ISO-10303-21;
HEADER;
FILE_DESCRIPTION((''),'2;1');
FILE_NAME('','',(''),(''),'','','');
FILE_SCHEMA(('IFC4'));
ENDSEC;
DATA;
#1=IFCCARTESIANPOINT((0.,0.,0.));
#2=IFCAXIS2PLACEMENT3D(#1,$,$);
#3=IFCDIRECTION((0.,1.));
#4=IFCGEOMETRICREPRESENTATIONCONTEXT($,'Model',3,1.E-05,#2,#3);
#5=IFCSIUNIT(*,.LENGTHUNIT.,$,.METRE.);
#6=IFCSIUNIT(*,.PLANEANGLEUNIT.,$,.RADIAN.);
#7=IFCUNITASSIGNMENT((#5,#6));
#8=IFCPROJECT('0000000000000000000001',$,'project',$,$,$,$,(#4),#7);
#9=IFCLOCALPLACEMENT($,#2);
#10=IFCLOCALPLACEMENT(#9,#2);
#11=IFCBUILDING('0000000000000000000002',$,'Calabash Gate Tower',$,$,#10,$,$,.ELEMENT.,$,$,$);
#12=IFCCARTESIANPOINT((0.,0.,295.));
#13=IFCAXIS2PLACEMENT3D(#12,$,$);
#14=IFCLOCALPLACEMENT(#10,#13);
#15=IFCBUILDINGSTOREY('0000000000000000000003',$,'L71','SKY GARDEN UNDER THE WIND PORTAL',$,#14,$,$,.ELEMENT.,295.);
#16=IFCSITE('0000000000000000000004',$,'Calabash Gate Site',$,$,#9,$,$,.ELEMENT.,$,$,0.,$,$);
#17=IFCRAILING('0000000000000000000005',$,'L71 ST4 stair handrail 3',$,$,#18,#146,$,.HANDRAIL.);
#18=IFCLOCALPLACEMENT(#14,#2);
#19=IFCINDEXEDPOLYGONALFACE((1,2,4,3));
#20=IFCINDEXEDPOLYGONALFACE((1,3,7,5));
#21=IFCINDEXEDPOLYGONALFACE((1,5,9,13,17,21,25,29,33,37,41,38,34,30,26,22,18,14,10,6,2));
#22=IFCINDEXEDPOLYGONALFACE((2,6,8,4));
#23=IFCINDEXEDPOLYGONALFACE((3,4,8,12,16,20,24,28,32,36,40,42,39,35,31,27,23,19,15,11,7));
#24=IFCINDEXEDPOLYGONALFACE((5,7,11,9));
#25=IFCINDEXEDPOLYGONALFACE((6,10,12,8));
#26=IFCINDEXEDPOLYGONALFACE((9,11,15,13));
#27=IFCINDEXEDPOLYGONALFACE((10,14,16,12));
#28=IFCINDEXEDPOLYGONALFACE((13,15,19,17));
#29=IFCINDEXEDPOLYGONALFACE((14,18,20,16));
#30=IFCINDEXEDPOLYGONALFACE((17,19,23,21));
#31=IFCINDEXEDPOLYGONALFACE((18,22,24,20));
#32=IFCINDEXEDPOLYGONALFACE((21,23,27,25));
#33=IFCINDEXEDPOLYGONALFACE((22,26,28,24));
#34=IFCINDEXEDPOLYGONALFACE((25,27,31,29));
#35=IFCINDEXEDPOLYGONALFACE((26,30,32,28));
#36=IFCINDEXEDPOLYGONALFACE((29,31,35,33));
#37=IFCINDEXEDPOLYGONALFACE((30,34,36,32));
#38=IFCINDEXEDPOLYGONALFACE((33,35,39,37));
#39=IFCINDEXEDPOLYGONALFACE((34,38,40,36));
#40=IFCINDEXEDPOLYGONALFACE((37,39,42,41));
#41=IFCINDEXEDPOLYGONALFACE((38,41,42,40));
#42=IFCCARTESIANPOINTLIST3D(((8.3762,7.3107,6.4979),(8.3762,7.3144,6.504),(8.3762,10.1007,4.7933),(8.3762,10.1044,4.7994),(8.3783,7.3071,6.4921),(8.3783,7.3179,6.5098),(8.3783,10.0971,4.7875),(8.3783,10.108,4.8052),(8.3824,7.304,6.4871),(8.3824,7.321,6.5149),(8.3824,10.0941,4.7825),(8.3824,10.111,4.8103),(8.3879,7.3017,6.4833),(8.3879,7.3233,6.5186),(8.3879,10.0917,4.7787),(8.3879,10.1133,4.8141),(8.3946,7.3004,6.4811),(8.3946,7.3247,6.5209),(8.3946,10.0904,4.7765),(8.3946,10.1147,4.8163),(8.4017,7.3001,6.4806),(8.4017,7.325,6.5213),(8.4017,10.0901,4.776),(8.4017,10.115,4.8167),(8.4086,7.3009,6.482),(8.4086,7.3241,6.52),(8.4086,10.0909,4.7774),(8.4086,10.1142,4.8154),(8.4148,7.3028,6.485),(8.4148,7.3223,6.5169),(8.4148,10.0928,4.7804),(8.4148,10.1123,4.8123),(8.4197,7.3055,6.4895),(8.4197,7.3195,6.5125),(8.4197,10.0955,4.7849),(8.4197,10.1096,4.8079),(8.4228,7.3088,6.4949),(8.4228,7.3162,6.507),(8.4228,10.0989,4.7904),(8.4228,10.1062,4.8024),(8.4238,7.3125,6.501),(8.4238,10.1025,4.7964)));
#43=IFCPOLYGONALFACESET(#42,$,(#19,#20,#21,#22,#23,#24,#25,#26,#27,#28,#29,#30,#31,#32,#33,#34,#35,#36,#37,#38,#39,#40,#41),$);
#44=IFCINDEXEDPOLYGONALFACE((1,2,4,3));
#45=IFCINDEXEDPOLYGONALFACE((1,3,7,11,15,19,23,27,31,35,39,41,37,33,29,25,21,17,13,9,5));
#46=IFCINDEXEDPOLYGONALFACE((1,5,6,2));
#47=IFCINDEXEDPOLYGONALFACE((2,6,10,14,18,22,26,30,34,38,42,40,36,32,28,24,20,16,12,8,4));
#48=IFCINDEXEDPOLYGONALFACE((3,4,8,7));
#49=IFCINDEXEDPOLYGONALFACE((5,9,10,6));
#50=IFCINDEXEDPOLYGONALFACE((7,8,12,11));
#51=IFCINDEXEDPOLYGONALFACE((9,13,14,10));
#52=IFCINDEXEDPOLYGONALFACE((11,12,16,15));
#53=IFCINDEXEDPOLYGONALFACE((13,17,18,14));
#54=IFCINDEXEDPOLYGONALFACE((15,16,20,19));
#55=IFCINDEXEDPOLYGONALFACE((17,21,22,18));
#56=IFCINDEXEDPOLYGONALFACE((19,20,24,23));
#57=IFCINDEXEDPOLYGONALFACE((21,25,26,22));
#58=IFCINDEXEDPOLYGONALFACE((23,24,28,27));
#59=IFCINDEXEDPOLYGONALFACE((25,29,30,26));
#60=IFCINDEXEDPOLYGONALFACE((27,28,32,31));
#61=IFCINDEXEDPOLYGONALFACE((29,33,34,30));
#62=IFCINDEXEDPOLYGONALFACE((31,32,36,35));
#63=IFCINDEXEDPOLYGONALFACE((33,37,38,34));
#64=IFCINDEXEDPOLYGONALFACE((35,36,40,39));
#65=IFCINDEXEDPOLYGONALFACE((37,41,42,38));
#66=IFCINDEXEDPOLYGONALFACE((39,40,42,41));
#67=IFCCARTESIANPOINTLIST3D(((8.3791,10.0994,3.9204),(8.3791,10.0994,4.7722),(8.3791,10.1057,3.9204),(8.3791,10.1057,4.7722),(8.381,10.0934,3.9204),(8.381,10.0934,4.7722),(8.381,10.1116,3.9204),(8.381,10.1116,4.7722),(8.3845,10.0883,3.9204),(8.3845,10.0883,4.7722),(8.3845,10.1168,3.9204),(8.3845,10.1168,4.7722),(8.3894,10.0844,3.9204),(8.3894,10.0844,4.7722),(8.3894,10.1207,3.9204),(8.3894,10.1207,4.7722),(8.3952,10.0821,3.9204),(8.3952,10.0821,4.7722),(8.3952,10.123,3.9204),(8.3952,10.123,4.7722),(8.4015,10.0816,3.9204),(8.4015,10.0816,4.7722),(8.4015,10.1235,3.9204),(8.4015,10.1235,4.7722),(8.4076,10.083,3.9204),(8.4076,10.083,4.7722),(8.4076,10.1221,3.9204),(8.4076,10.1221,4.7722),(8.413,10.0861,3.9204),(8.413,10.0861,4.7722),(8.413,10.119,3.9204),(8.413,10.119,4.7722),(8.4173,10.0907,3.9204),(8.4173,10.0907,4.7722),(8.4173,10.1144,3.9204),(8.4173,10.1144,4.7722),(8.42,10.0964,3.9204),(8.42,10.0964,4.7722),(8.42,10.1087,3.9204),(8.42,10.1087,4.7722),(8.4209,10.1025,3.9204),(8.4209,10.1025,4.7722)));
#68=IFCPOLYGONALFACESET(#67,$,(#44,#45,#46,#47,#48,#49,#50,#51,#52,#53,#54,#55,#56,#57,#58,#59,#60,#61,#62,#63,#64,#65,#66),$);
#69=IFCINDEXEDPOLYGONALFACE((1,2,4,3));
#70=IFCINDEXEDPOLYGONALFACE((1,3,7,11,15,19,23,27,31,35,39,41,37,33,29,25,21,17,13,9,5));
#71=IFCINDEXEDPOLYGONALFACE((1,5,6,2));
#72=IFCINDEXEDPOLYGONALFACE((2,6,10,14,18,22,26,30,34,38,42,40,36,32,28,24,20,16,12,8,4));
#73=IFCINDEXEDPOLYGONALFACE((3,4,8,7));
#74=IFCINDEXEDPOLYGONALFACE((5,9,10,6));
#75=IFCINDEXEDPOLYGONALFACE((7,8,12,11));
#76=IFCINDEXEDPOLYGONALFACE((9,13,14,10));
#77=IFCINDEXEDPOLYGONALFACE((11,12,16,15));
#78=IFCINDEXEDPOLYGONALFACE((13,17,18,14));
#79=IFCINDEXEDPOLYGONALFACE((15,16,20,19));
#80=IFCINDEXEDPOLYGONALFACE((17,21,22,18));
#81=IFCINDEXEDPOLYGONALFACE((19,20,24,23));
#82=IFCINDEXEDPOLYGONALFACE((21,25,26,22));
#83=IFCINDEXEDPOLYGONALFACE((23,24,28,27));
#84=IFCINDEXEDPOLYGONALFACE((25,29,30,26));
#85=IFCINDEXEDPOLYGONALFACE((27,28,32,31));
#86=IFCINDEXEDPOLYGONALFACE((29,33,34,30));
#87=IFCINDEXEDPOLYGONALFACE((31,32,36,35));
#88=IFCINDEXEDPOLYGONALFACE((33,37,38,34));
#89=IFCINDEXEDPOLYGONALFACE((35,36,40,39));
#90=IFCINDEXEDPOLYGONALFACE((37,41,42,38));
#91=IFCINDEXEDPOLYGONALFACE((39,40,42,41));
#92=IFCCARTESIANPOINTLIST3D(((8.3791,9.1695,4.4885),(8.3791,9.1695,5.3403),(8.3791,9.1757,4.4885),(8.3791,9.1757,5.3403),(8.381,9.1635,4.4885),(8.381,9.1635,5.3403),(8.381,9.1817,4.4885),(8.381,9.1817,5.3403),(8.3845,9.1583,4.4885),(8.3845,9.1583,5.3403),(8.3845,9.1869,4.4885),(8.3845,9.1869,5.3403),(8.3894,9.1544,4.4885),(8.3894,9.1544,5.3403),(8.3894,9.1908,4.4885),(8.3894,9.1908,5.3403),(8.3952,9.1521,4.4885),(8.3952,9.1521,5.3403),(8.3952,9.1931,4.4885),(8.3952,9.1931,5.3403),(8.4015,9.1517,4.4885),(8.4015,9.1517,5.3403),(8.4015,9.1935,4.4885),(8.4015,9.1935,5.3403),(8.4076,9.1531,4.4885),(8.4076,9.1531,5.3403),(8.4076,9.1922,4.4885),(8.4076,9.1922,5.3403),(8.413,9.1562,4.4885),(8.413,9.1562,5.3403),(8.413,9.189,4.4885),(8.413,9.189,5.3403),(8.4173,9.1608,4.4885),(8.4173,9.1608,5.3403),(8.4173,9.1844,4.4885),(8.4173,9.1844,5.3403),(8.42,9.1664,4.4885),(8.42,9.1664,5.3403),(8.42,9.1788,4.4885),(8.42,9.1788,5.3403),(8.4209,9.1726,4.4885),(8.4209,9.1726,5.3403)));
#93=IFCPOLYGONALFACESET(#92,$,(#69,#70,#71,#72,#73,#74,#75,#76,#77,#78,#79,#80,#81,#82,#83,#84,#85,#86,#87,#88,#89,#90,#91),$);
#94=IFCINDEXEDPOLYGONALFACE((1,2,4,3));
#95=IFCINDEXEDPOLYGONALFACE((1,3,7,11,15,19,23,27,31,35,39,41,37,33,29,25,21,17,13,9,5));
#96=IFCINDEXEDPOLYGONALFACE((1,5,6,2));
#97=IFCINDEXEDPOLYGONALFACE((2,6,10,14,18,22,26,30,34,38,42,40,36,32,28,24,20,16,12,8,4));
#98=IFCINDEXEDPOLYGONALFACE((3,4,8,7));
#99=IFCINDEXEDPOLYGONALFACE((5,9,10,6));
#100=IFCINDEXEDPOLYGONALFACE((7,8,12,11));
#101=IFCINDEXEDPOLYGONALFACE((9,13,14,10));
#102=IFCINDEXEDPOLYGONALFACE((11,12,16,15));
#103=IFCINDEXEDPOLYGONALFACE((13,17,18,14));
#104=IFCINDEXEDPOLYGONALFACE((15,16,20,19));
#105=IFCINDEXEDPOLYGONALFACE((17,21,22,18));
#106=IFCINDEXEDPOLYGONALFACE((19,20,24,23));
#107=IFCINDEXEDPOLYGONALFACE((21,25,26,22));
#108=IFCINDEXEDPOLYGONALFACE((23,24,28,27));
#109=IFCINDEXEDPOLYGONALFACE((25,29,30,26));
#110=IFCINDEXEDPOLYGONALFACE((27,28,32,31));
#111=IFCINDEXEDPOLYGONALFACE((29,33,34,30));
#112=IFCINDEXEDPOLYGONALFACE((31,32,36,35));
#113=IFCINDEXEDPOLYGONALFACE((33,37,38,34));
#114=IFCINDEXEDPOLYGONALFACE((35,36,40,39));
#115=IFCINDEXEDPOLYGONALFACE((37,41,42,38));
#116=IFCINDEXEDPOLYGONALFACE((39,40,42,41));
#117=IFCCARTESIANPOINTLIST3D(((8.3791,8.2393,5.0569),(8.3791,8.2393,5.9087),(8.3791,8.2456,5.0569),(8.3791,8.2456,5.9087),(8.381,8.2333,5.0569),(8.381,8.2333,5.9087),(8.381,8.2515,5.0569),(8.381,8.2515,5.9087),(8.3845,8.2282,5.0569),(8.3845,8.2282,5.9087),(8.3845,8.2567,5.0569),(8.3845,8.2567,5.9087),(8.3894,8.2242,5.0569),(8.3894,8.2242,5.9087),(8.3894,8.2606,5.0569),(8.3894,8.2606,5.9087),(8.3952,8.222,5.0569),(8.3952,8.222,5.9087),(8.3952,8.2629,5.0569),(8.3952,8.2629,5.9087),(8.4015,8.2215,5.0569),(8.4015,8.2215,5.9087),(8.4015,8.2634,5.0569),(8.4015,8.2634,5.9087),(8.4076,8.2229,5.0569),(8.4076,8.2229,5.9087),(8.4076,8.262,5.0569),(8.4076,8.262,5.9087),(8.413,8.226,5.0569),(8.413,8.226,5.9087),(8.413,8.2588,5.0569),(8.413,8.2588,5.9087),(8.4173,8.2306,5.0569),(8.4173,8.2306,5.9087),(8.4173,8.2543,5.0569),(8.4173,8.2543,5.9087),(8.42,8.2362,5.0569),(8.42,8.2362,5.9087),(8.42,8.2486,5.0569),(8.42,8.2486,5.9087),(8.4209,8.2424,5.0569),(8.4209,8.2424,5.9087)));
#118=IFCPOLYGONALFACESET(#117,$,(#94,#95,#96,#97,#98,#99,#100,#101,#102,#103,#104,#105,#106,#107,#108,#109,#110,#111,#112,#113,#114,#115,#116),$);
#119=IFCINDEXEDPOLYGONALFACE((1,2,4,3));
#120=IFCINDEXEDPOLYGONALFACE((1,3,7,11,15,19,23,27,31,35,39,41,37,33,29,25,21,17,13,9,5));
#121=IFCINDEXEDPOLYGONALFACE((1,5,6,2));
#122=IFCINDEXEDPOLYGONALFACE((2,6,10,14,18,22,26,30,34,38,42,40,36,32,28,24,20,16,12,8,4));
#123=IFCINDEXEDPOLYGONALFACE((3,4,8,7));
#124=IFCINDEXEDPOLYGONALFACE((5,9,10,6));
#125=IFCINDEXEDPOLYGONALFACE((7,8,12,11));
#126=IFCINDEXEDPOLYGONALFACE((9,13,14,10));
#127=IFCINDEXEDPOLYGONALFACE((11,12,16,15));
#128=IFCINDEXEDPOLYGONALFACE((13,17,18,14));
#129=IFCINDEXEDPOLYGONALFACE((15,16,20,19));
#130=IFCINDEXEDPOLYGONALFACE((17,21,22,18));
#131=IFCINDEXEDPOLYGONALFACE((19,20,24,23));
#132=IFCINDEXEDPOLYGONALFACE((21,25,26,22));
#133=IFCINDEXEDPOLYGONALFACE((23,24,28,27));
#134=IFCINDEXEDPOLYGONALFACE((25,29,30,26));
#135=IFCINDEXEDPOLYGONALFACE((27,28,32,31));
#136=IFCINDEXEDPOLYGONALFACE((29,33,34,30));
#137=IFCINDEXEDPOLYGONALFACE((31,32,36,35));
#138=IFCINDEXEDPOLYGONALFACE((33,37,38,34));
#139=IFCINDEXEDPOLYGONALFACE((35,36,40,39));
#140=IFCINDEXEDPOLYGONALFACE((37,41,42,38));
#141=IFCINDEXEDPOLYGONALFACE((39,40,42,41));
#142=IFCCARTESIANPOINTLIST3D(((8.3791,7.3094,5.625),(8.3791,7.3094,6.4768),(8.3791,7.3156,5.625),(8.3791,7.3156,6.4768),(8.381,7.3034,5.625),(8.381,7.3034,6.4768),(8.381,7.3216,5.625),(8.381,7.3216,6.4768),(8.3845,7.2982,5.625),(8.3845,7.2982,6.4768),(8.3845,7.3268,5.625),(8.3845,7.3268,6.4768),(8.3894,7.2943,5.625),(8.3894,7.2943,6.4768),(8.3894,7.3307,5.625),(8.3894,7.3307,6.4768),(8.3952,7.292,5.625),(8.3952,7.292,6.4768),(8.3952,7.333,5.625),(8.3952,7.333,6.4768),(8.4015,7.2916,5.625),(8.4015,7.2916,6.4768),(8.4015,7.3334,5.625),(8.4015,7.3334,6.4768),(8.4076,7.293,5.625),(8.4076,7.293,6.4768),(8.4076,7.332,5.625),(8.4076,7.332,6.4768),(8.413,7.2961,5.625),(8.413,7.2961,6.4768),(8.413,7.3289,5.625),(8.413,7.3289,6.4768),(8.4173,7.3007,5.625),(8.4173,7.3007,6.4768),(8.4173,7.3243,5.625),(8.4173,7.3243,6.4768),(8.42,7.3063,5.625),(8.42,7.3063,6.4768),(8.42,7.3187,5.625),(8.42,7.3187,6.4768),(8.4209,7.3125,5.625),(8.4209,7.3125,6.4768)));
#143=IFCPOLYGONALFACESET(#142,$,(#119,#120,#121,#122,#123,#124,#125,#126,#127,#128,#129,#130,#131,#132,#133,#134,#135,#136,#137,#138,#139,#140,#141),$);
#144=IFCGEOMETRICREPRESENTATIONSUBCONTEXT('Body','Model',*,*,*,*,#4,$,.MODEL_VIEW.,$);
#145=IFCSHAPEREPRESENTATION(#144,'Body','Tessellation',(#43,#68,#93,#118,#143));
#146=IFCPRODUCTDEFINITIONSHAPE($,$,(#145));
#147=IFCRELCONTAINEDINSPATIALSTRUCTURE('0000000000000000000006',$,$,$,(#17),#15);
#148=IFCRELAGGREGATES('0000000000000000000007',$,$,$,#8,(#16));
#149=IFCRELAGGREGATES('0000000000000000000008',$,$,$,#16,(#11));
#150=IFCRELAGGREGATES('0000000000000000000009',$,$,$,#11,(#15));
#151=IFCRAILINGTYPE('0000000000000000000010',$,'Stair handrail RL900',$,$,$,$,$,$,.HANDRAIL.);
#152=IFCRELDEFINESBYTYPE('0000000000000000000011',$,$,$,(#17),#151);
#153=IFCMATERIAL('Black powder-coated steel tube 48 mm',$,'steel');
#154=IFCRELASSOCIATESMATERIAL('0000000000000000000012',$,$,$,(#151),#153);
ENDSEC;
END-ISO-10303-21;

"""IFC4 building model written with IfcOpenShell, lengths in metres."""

from ifc_helpers import new_model, si_unit, direction, frame, origin, origin_2d, place, context, subcontext, project, spatial, circle, extrude, material, type_object, element, save


model = new_model("IFC4")

# Units and contexts
model_context = context("Model", 3, precision=1e-05, world=origin(), true_north=direction((0.0, 1.0)))
body_context = subcontext(model_context, "Body", "Model", "MODEL_VIEW")
ifc_project = project(units=[si_unit("LENGTHUNIT", "METRE"), si_unit("PLANEANGLEUNIT", "RADIAN")], contexts=[model_context])

# Site, building, storey
site_placement = place(None, origin())
site = spatial("IfcSite", under=ifc_project, at=site_placement, Name="Calabash Gate Site", CompositionType="ELEMENT", RefElevation=0.0)
building_placement = place(site_placement, origin())
building = spatial("IfcBuilding", under=site, at=building_placement, Name="Calabash Gate Tower", CompositionType="ELEMENT")
storey_placement = place(building_placement, frame((0.0, 0.0, 295.0)))
storey = spatial("IfcBuildingStorey", under=building, at=storey_placement, Name="L71", Description="SKY GARDEN UNDER THE WIND PORTAL", CompositionType="ELEMENT", Elevation=295.0)

# Railing
ifc_material_1 = material(Name="Black powder-coated steel tube 48 mm", Category="steel")
railing_type_1 = type_object("IfcRailingType", Name="Stair handrail RL900", PredefinedType="HANDRAIL", material=ifc_material_1)
railing_1_placement = place(storey_placement, frame((8.3999, 10.1025, 3.9204)))
element("IfcRailing", 1, at=railing_1_placement, inside=storey, type_object=railing_type_1, Name="L71 ST4 stair handrail 3", PredefinedType="HANDRAIL", context=body_context, shape_type="SweptSolid", body=[
    extrude(circle(Radius=0.0239, at=origin_2d()), frame((0.0, 0.0, 0.876), z_axis=(0.0, -0.853341, 0.521353), x_axis=(1.0, 0.0, 0.0)), (0.0, 0.0, 1.0), 3.2695),
    extrude(circle(Radius=0.021, at=origin_2d()), origin(), (0.0, 0.0, 1.0), 0.8518),
    extrude(circle(Radius=0.021, at=origin_2d()), frame((0.0, -0.9299, 0.5681)), (0.0, 0.0, 1.0), 0.8518),
    extrude(circle(Radius=0.021, at=origin_2d()), frame((0.0, -1.8601, 1.1365)), (0.0, 0.0, 1.0), 0.8518),
    extrude(circle(Radius=0.021, at=origin_2d()), frame((0.0, -2.79, 1.7046)), (0.0, 0.0, 1.0), 0.8518),
])

save(model, "model.ifc")
